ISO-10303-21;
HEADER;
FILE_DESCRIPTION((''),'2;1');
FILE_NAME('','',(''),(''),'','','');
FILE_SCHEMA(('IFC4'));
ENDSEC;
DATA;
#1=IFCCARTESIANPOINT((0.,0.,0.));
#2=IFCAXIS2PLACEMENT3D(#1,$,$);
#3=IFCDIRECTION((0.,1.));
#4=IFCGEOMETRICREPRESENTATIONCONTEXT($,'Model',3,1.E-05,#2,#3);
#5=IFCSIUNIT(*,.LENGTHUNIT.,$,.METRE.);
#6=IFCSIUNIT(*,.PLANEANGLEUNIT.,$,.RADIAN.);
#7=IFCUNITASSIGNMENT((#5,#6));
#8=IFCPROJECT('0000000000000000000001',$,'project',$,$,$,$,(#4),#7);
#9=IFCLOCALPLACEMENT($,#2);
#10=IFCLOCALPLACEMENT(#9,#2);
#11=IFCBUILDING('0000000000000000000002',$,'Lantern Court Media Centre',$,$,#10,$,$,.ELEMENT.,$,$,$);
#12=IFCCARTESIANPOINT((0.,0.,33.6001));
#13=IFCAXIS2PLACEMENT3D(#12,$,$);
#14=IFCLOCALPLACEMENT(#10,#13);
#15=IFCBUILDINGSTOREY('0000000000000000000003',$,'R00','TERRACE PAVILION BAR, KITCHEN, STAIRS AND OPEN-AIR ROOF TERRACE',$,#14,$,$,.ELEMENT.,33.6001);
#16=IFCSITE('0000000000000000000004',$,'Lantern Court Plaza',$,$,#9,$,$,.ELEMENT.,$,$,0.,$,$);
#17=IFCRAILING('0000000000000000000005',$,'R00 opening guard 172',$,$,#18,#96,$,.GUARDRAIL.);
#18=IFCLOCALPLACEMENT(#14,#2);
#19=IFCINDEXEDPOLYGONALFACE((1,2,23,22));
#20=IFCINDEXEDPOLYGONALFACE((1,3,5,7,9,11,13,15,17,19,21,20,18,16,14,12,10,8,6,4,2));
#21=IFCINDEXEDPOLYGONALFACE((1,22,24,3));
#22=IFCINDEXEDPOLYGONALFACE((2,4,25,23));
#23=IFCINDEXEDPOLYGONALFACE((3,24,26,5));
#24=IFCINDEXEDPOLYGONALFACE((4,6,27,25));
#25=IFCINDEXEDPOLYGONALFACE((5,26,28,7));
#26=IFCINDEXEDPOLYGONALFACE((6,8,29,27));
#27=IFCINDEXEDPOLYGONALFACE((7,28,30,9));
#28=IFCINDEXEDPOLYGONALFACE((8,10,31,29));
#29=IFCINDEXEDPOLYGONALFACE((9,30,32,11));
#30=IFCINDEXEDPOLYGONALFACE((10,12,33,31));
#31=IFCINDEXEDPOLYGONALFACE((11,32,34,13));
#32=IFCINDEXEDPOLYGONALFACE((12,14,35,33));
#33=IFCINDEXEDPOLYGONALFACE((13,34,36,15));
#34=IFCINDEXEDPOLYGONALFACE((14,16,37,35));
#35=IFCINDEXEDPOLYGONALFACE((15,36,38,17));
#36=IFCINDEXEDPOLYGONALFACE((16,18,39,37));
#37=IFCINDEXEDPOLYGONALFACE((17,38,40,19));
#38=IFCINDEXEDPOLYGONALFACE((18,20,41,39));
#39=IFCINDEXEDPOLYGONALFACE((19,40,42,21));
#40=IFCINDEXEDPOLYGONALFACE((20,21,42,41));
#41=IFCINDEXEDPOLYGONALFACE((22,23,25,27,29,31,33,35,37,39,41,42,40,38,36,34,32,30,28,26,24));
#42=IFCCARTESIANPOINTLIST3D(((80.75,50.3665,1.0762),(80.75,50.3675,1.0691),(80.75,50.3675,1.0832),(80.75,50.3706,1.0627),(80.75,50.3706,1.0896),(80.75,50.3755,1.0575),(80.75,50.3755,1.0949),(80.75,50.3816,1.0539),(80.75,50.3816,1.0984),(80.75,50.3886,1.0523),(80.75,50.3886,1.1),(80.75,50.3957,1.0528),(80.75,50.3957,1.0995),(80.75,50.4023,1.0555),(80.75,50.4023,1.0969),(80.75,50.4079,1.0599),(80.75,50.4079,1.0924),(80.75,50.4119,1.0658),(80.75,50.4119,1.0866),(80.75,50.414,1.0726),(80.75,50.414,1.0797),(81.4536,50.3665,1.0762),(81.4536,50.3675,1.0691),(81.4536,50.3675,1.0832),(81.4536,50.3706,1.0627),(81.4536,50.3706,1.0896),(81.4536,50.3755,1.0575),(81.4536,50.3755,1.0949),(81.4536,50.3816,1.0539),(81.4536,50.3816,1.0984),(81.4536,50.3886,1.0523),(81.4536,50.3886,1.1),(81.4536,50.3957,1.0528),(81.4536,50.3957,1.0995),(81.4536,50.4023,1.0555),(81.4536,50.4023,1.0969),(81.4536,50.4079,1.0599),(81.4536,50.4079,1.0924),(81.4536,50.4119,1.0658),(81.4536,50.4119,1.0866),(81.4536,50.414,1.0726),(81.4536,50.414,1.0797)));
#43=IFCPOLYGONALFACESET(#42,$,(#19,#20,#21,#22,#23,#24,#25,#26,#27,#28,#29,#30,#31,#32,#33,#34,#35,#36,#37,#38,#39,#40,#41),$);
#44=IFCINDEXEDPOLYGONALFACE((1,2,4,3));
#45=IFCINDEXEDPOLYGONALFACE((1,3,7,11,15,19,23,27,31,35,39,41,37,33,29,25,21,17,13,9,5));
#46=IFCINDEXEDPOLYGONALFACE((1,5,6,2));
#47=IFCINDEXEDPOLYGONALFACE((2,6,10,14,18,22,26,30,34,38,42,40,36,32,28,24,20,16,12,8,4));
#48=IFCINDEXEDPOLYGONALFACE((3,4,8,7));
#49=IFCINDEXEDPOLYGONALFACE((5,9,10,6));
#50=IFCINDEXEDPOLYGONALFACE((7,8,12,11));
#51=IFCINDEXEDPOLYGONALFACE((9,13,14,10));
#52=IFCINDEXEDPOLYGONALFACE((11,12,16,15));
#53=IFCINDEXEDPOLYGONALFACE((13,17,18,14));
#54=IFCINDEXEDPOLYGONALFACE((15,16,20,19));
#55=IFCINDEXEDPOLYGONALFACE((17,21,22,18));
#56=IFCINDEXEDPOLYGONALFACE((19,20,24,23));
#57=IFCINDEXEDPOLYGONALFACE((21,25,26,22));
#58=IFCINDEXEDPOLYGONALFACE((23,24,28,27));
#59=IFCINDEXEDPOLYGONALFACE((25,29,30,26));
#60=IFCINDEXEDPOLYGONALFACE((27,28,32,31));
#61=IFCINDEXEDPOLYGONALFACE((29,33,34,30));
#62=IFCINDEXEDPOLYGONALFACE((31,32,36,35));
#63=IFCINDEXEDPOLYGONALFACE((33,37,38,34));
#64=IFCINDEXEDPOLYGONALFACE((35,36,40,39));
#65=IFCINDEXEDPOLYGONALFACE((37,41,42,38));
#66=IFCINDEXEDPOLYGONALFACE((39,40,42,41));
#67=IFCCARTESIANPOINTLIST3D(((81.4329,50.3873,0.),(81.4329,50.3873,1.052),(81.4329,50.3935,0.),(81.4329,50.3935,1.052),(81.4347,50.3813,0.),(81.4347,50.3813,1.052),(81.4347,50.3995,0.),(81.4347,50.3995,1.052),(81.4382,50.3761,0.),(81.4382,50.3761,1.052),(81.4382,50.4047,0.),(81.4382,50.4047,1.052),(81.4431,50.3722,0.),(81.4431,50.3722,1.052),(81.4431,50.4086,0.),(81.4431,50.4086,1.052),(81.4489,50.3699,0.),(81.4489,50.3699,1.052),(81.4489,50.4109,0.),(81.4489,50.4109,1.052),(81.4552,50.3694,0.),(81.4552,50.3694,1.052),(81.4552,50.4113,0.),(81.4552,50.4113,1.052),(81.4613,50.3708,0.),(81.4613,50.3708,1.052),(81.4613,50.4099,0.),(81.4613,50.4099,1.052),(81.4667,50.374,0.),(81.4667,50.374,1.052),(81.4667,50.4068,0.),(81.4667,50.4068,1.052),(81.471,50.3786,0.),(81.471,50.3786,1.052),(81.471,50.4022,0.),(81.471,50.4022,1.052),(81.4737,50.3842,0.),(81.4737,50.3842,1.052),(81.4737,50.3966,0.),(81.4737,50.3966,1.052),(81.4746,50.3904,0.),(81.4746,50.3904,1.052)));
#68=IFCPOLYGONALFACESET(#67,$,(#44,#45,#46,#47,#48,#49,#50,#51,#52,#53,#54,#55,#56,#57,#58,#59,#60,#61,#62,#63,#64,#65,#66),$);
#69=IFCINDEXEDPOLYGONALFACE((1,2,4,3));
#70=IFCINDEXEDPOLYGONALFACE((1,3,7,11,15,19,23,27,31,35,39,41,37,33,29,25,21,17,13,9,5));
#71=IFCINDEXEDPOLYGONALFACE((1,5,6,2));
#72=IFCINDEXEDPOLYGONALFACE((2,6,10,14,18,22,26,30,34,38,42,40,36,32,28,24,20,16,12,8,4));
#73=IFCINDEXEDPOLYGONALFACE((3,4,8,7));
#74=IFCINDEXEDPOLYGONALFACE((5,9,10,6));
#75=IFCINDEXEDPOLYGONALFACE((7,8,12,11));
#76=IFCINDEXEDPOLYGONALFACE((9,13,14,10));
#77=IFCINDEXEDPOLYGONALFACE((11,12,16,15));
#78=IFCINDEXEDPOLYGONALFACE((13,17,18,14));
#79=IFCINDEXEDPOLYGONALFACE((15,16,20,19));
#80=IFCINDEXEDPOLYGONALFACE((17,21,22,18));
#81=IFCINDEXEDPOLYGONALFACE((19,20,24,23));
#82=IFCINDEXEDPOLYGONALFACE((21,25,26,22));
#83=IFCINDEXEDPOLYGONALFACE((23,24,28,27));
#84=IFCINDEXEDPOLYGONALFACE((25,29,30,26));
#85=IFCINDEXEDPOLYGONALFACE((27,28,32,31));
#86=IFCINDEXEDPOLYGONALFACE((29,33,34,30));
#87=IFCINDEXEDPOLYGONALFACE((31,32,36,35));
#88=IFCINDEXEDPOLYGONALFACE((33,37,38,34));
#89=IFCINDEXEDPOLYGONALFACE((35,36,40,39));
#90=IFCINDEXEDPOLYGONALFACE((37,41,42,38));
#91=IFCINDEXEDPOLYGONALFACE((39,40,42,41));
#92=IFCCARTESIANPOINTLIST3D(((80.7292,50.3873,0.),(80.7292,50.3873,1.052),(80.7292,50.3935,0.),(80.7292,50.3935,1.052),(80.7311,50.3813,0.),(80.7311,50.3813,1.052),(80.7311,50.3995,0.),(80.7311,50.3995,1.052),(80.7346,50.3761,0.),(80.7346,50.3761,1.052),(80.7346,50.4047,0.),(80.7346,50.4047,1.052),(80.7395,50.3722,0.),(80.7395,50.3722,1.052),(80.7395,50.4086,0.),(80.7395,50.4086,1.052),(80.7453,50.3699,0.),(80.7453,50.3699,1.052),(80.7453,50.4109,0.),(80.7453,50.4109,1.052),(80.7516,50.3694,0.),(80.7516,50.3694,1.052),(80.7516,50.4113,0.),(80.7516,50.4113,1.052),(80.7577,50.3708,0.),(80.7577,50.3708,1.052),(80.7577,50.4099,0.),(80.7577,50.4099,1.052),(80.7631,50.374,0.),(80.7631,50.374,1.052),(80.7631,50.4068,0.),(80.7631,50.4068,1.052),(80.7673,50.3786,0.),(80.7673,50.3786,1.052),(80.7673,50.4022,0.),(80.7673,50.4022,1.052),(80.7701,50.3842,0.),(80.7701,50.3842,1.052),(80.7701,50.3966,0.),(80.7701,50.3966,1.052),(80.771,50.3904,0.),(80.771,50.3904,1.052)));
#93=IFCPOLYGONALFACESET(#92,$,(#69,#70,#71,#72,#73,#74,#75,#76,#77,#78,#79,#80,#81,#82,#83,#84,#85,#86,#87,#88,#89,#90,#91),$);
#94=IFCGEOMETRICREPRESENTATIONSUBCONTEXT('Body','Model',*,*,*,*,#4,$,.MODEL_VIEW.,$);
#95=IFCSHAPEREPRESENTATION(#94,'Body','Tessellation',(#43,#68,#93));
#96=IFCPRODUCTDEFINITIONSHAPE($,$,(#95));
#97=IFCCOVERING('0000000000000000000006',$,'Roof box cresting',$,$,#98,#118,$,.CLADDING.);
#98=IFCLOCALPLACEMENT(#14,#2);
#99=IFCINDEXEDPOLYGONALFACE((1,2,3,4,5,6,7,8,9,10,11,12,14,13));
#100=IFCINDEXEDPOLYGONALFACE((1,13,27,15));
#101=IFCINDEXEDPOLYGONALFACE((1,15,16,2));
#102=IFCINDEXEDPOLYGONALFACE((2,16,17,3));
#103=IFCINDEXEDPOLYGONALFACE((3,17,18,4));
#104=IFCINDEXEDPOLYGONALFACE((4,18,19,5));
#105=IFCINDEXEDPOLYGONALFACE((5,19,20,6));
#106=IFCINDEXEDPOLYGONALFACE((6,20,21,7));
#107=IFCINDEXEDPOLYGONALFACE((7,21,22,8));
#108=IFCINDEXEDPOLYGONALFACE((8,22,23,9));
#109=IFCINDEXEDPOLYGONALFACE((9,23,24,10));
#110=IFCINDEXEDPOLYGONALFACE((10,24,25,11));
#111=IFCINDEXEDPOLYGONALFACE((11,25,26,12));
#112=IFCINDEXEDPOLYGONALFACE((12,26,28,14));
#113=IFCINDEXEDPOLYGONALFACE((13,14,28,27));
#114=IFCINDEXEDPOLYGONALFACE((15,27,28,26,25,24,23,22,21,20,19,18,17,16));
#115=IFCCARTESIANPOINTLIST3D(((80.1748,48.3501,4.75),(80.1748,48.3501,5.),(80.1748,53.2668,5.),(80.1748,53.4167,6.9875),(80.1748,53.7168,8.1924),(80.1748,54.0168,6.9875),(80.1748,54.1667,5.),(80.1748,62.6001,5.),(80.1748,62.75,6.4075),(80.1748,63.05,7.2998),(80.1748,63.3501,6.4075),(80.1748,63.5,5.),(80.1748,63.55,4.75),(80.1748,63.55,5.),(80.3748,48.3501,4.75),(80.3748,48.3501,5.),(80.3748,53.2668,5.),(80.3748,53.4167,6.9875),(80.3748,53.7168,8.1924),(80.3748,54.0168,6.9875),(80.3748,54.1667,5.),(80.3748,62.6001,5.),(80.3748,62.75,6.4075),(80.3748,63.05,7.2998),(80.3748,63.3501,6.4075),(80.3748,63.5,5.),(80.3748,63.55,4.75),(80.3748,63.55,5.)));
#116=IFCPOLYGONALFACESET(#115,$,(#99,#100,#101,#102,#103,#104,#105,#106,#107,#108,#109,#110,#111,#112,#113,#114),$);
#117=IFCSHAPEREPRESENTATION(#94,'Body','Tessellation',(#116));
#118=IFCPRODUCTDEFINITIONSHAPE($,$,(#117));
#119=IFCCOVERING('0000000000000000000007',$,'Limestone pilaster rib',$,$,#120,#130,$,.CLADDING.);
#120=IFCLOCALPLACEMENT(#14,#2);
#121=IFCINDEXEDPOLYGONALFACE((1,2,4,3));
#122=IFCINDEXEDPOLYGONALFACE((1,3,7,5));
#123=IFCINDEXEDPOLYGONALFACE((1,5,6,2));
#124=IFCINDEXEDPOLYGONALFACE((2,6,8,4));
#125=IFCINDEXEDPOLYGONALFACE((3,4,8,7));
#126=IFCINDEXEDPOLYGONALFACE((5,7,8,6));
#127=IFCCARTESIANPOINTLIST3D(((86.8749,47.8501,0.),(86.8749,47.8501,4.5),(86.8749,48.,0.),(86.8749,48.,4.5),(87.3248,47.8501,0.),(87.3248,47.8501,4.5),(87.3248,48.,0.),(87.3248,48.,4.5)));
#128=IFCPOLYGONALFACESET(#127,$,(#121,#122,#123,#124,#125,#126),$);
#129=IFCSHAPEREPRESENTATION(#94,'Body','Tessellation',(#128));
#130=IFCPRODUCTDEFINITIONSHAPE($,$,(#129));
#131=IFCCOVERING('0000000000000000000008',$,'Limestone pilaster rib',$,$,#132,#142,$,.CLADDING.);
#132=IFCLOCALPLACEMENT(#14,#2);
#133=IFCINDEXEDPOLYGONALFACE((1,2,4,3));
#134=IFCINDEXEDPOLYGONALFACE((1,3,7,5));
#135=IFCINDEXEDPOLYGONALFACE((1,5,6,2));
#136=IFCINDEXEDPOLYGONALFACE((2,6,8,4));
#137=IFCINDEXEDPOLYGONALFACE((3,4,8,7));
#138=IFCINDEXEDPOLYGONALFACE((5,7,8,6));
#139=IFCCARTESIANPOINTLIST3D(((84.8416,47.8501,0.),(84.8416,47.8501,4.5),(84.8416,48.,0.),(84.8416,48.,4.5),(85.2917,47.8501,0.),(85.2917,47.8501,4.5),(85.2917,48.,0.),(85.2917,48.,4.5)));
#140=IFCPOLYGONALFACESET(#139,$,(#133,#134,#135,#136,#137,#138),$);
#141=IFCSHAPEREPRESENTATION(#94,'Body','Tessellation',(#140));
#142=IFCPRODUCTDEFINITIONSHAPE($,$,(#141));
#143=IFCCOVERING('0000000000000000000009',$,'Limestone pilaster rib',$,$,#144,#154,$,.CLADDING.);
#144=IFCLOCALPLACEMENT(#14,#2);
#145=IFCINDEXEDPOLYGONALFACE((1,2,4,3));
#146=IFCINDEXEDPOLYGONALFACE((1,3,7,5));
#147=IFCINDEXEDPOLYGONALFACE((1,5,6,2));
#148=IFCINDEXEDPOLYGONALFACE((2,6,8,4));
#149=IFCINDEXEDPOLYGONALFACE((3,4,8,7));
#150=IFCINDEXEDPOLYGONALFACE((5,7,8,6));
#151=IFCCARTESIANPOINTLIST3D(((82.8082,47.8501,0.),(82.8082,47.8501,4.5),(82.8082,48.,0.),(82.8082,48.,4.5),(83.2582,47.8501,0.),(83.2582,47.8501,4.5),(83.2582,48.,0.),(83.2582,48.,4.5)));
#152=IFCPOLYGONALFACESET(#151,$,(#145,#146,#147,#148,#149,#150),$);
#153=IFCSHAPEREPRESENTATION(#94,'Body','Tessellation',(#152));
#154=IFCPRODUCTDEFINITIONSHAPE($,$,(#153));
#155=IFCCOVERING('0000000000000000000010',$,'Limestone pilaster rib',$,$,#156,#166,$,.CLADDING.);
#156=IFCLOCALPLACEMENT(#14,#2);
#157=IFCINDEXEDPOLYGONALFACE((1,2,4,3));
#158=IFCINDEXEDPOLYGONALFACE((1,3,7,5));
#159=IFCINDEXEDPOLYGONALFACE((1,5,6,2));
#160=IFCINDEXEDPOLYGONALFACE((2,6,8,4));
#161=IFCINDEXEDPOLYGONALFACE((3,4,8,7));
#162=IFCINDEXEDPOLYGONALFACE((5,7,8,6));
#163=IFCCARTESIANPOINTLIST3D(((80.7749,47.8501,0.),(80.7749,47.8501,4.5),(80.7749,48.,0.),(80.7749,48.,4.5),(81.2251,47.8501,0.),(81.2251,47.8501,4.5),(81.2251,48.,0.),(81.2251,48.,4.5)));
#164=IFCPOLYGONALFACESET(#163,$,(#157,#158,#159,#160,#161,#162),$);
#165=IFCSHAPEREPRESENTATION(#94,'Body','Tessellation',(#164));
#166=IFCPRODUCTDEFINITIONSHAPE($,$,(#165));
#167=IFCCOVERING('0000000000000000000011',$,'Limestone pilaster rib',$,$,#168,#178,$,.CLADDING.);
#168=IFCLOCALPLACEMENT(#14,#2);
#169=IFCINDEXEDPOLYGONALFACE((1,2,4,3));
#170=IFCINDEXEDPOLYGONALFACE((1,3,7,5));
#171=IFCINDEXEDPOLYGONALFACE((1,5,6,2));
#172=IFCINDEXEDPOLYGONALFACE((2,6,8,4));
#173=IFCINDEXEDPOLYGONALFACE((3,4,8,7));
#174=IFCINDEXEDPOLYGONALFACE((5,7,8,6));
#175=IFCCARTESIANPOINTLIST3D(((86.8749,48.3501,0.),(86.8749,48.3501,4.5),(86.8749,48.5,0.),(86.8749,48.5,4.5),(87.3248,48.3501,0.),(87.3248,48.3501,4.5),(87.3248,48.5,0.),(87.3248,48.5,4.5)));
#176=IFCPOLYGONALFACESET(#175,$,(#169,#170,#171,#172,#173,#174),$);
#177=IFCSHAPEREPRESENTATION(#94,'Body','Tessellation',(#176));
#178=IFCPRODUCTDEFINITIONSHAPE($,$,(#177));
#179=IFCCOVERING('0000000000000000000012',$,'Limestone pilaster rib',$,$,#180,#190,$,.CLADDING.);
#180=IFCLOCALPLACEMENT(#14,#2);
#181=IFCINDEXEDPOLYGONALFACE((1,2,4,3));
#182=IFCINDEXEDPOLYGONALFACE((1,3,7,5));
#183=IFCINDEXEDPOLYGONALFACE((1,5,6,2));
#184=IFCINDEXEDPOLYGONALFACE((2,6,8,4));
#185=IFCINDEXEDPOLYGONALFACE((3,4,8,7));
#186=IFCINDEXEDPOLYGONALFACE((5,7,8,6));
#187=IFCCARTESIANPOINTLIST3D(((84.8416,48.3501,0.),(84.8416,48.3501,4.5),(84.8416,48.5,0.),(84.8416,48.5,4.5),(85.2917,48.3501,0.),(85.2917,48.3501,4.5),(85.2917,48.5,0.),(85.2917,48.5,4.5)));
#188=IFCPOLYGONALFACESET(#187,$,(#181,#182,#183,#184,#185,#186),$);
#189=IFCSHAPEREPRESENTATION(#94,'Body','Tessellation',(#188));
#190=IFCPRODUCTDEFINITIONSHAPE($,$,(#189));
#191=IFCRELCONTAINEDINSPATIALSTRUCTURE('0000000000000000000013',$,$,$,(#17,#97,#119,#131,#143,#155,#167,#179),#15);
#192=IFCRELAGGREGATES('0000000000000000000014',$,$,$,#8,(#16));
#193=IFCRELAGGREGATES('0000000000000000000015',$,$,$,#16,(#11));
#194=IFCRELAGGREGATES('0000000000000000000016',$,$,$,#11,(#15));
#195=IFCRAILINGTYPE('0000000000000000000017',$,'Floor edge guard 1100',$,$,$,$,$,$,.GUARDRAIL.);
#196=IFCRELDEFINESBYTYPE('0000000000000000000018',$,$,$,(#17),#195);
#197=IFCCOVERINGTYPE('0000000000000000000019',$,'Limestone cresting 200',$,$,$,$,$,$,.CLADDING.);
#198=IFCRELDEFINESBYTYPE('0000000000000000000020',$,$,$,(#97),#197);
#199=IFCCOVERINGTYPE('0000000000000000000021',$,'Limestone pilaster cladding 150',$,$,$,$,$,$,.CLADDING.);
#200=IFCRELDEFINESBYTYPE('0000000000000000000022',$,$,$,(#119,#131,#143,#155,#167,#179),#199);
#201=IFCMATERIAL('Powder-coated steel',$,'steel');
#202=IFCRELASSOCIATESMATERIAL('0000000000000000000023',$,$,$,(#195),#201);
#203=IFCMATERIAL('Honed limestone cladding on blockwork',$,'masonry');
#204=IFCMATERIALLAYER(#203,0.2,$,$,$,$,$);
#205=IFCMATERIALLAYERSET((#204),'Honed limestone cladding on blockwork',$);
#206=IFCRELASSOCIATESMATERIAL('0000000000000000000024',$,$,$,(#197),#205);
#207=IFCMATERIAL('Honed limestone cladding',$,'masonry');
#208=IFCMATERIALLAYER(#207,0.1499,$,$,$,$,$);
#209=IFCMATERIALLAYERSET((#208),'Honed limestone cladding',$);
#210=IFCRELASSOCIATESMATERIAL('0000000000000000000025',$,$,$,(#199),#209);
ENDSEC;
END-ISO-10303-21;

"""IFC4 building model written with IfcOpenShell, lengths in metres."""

from ifc_helpers import new_model, si_unit, direction, frame, frame_2d, origin, origin_2d, place, context, subcontext, project, spatial, polyline, rectangle, circle, outline, extrude, material, layer, layer_set, type_object, element, save


model = new_model("IFC4")

# Units and contexts
model_context = context("Model", 3, precision=1e-05, world=origin(), true_north=direction((0.0, 1.0)))
body_context = subcontext(model_context, "Body", "Model", "MODEL_VIEW")
ifc_project = project(units=[si_unit("LENGTHUNIT", "METRE"), si_unit("PLANEANGLEUNIT", "RADIAN")], contexts=[model_context])

# Site, building, storey
site_placement = place(None, origin())
site = spatial("IfcSite", under=ifc_project, at=site_placement, Name="Lantern Court Plaza", CompositionType="ELEMENT", RefElevation=0.0)
building_placement = place(site_placement, origin())
building = spatial("IfcBuilding", under=site, at=building_placement, Name="Lantern Court Media Centre", CompositionType="ELEMENT")
storey_placement = place(building_placement, frame((0.0, 0.0, 33.6001)))
storey = spatial("IfcBuildingStorey", under=building, at=storey_placement, Name="R00", Description="TERRACE PAVILION BAR, KITCHEN, STAIRS AND OPEN-AIR ROOF TERRACE", CompositionType="ELEMENT", Elevation=33.6001)

# Railing
ifc_material_1 = material(Name="Powder-coated steel", Category="steel")
railing_type_1 = type_object("IfcRailingType", Name="Floor edge guard 1100", PredefinedType="GUARDRAIL", material=ifc_material_1)
for number, where, name in (
    (1, (81.4536, 50.3904, 0.0), "R00 opening guard 172"),
):
    element("IfcRailing", number, at=place(storey_placement, frame(where)), inside=storey, type_object=railing_type_1, Name=name, PredefinedType="GUARDRAIL", context=body_context, shape_type="SweptSolid", body=[
        extrude(circle(Radius=0.0239, at=origin_2d()), frame((0.0, 0.0, 1.0762), z_axis=(-1.0, 0.0, 0.0), x_axis=(0.0, -1.0, 0.0)), (0.0, 0.0, 1.0), 0.7036),
        extrude(circle(Radius=0.021, at=origin_2d()), origin(), (0.0, 0.0, 1.0), 1.052),
        extrude(circle(Radius=0.021, at=origin_2d()), frame((-0.7036, 0.0, 0.0)), (0.0, 0.0, 1.0), 1.052),
    ])

# Coverings
ifc_material_2 = material(Name="Honed limestone cladding on blockwork", Category="masonry")
ifc_layer_1 = layer(ifc_material_2, 0.2)
ifc_layer_set_1 = layer_set([ifc_layer_1], Name="Honed limestone cladding on blockwork")
covering_type_1 = type_object("IfcCoveringType", Name="Limestone cresting 200", PredefinedType="CLADDING", material=ifc_layer_set_1)
covering_1_placement = place(storey_placement, frame((80.2749, 48.3501, 4.75), z_axis=(0.0, 0.0, 1.0), x_axis=(0.0, 1.0, 0.0)))
element("IfcCovering", 2, at=covering_1_placement, inside=storey, type_object=covering_type_1, Name="Roof box cresting", PredefinedType="CLADDING", context=body_context, shape_type="SweptSolid", body=[
    extrude(outline(polyline([(0.0, 0.0), (15.2, 0.0), (15.2, 0.25), (15.1499, 0.25), (15.0, 1.6575), (14.7, 2.5498), (14.3999, 1.6575), (14.25, 0.25), (5.8167, 0.25), (5.6667, 2.2375), (5.3667, 3.4424), (5.0667, 2.2375), (4.9167, 0.25), (0.0, 0.25), (0.0, 0.0)])), frame((0.0, 0.1001, 0.0), z_axis=(0.0, -1.0, 0.0), x_axis=(1.0, 0.0, 0.0)), (0.0, 0.0, 1.0), 0.2),
])
ifc_material_3 = material(Name="Honed limestone cladding", Category="masonry")
ifc_layer_2 = layer(ifc_material_3, 0.1499)
ifc_layer_set_2 = layer_set([ifc_layer_2], Name="Honed limestone cladding")
covering_type_2 = type_object("IfcCoveringType", Name="Limestone pilaster cladding 150", PredefinedType="CLADDING", material=ifc_layer_set_2)
covering_2_placement = place(storey_placement, frame((87.325, 47.925, 0.0), z_axis=(0.0, 0.0, 1.0), x_axis=(-1.0, 0.0, 0.0)))
element("IfcCovering", 3, at=covering_2_placement, inside=storey, type_object=covering_type_2, Name="Limestone pilaster rib", PredefinedType="CLADDING", context=body_context, shape_type="SweptSolid", body=[
    extrude(rectangle(XDim=0.45, YDim=0.1499, at=frame_2d((0.2251, 0.0))), origin(), (0.0, 0.0, 1.0), 4.5),
])
covering_3_placement = place(storey_placement, frame((85.2917, 47.925, 0.0), z_axis=(0.0, 0.0, 1.0), x_axis=(-1.0, 0.0, 0.0)))
element("IfcCovering", 4, at=covering_3_placement, inside=storey, type_object=covering_type_2, Name="Limestone pilaster rib", PredefinedType="CLADDING", context=body_context, shape_type="SweptSolid", body=[
    extrude(rectangle(XDim=0.4502, YDim=0.1499, at=frame_2d((0.2251, 0.0))), origin(), (0.0, 0.0, 1.0), 4.5),
])
covering_4_placement = place(storey_placement, frame((83.2583, 47.925, 0.0), z_axis=(0.0, 0.0, 1.0), x_axis=(-1.0, 0.0, 0.0)))
element("IfcCovering", 5, at=covering_4_placement, inside=storey, type_object=covering_type_2, Name="Limestone pilaster rib", PredefinedType="CLADDING", context=body_context, shape_type="SweptSolid", body=[
    extrude(rectangle(XDim=0.45, YDim=0.1499, at=frame_2d((0.2251, 0.0))), origin(), (0.0, 0.0, 1.0), 4.5),
])
covering_5_placement = place(storey_placement, frame((81.2251, 47.925, 0.0), z_axis=(0.0, 0.0, 1.0), x_axis=(-1.0, 0.0, 0.0)))
element("IfcCovering", 6, at=covering_5_placement, inside=storey, type_object=covering_type_2, Name="Limestone pilaster rib", PredefinedType="CLADDING", context=body_context, shape_type="SweptSolid", body=[
    extrude(rectangle(XDim=0.4502, YDim=0.1499, at=frame_2d((0.2251, 0.0))), origin(), (0.0, 0.0, 1.0), 4.5),
])
covering_6_placement = place(storey_placement, frame((87.325, 48.425, 0.0), z_axis=(0.0, 0.0, 1.0), x_axis=(-1.0, 0.0, 0.0)))
element("IfcCovering", 7, at=covering_6_placement, inside=storey, type_object=covering_type_2, Name="Limestone pilaster rib", PredefinedType="CLADDING", context=body_context, shape_type="SweptSolid", body=[
    extrude(rectangle(XDim=0.45, YDim=0.1499, at=frame_2d((0.2251, 0.0))), origin(), (0.0, 0.0, 1.0), 4.5),
])
covering_7_placement = place(storey_placement, frame((85.2917, 48.425, 0.0), z_axis=(0.0, 0.0, 1.0), x_axis=(-1.0, 0.0, 0.0)))
element("IfcCovering", 8, at=covering_7_placement, inside=storey, type_object=covering_type_2, Name="Limestone pilaster rib", PredefinedType="CLADDING", context=body_context, shape_type="SweptSolid", body=[
    extrude(rectangle(XDim=0.4502, YDim=0.1499, at=frame_2d((0.2251, 0.0))), origin(), (0.0, 0.0, 1.0), 4.5),
])

save(model, "model.ifc")
